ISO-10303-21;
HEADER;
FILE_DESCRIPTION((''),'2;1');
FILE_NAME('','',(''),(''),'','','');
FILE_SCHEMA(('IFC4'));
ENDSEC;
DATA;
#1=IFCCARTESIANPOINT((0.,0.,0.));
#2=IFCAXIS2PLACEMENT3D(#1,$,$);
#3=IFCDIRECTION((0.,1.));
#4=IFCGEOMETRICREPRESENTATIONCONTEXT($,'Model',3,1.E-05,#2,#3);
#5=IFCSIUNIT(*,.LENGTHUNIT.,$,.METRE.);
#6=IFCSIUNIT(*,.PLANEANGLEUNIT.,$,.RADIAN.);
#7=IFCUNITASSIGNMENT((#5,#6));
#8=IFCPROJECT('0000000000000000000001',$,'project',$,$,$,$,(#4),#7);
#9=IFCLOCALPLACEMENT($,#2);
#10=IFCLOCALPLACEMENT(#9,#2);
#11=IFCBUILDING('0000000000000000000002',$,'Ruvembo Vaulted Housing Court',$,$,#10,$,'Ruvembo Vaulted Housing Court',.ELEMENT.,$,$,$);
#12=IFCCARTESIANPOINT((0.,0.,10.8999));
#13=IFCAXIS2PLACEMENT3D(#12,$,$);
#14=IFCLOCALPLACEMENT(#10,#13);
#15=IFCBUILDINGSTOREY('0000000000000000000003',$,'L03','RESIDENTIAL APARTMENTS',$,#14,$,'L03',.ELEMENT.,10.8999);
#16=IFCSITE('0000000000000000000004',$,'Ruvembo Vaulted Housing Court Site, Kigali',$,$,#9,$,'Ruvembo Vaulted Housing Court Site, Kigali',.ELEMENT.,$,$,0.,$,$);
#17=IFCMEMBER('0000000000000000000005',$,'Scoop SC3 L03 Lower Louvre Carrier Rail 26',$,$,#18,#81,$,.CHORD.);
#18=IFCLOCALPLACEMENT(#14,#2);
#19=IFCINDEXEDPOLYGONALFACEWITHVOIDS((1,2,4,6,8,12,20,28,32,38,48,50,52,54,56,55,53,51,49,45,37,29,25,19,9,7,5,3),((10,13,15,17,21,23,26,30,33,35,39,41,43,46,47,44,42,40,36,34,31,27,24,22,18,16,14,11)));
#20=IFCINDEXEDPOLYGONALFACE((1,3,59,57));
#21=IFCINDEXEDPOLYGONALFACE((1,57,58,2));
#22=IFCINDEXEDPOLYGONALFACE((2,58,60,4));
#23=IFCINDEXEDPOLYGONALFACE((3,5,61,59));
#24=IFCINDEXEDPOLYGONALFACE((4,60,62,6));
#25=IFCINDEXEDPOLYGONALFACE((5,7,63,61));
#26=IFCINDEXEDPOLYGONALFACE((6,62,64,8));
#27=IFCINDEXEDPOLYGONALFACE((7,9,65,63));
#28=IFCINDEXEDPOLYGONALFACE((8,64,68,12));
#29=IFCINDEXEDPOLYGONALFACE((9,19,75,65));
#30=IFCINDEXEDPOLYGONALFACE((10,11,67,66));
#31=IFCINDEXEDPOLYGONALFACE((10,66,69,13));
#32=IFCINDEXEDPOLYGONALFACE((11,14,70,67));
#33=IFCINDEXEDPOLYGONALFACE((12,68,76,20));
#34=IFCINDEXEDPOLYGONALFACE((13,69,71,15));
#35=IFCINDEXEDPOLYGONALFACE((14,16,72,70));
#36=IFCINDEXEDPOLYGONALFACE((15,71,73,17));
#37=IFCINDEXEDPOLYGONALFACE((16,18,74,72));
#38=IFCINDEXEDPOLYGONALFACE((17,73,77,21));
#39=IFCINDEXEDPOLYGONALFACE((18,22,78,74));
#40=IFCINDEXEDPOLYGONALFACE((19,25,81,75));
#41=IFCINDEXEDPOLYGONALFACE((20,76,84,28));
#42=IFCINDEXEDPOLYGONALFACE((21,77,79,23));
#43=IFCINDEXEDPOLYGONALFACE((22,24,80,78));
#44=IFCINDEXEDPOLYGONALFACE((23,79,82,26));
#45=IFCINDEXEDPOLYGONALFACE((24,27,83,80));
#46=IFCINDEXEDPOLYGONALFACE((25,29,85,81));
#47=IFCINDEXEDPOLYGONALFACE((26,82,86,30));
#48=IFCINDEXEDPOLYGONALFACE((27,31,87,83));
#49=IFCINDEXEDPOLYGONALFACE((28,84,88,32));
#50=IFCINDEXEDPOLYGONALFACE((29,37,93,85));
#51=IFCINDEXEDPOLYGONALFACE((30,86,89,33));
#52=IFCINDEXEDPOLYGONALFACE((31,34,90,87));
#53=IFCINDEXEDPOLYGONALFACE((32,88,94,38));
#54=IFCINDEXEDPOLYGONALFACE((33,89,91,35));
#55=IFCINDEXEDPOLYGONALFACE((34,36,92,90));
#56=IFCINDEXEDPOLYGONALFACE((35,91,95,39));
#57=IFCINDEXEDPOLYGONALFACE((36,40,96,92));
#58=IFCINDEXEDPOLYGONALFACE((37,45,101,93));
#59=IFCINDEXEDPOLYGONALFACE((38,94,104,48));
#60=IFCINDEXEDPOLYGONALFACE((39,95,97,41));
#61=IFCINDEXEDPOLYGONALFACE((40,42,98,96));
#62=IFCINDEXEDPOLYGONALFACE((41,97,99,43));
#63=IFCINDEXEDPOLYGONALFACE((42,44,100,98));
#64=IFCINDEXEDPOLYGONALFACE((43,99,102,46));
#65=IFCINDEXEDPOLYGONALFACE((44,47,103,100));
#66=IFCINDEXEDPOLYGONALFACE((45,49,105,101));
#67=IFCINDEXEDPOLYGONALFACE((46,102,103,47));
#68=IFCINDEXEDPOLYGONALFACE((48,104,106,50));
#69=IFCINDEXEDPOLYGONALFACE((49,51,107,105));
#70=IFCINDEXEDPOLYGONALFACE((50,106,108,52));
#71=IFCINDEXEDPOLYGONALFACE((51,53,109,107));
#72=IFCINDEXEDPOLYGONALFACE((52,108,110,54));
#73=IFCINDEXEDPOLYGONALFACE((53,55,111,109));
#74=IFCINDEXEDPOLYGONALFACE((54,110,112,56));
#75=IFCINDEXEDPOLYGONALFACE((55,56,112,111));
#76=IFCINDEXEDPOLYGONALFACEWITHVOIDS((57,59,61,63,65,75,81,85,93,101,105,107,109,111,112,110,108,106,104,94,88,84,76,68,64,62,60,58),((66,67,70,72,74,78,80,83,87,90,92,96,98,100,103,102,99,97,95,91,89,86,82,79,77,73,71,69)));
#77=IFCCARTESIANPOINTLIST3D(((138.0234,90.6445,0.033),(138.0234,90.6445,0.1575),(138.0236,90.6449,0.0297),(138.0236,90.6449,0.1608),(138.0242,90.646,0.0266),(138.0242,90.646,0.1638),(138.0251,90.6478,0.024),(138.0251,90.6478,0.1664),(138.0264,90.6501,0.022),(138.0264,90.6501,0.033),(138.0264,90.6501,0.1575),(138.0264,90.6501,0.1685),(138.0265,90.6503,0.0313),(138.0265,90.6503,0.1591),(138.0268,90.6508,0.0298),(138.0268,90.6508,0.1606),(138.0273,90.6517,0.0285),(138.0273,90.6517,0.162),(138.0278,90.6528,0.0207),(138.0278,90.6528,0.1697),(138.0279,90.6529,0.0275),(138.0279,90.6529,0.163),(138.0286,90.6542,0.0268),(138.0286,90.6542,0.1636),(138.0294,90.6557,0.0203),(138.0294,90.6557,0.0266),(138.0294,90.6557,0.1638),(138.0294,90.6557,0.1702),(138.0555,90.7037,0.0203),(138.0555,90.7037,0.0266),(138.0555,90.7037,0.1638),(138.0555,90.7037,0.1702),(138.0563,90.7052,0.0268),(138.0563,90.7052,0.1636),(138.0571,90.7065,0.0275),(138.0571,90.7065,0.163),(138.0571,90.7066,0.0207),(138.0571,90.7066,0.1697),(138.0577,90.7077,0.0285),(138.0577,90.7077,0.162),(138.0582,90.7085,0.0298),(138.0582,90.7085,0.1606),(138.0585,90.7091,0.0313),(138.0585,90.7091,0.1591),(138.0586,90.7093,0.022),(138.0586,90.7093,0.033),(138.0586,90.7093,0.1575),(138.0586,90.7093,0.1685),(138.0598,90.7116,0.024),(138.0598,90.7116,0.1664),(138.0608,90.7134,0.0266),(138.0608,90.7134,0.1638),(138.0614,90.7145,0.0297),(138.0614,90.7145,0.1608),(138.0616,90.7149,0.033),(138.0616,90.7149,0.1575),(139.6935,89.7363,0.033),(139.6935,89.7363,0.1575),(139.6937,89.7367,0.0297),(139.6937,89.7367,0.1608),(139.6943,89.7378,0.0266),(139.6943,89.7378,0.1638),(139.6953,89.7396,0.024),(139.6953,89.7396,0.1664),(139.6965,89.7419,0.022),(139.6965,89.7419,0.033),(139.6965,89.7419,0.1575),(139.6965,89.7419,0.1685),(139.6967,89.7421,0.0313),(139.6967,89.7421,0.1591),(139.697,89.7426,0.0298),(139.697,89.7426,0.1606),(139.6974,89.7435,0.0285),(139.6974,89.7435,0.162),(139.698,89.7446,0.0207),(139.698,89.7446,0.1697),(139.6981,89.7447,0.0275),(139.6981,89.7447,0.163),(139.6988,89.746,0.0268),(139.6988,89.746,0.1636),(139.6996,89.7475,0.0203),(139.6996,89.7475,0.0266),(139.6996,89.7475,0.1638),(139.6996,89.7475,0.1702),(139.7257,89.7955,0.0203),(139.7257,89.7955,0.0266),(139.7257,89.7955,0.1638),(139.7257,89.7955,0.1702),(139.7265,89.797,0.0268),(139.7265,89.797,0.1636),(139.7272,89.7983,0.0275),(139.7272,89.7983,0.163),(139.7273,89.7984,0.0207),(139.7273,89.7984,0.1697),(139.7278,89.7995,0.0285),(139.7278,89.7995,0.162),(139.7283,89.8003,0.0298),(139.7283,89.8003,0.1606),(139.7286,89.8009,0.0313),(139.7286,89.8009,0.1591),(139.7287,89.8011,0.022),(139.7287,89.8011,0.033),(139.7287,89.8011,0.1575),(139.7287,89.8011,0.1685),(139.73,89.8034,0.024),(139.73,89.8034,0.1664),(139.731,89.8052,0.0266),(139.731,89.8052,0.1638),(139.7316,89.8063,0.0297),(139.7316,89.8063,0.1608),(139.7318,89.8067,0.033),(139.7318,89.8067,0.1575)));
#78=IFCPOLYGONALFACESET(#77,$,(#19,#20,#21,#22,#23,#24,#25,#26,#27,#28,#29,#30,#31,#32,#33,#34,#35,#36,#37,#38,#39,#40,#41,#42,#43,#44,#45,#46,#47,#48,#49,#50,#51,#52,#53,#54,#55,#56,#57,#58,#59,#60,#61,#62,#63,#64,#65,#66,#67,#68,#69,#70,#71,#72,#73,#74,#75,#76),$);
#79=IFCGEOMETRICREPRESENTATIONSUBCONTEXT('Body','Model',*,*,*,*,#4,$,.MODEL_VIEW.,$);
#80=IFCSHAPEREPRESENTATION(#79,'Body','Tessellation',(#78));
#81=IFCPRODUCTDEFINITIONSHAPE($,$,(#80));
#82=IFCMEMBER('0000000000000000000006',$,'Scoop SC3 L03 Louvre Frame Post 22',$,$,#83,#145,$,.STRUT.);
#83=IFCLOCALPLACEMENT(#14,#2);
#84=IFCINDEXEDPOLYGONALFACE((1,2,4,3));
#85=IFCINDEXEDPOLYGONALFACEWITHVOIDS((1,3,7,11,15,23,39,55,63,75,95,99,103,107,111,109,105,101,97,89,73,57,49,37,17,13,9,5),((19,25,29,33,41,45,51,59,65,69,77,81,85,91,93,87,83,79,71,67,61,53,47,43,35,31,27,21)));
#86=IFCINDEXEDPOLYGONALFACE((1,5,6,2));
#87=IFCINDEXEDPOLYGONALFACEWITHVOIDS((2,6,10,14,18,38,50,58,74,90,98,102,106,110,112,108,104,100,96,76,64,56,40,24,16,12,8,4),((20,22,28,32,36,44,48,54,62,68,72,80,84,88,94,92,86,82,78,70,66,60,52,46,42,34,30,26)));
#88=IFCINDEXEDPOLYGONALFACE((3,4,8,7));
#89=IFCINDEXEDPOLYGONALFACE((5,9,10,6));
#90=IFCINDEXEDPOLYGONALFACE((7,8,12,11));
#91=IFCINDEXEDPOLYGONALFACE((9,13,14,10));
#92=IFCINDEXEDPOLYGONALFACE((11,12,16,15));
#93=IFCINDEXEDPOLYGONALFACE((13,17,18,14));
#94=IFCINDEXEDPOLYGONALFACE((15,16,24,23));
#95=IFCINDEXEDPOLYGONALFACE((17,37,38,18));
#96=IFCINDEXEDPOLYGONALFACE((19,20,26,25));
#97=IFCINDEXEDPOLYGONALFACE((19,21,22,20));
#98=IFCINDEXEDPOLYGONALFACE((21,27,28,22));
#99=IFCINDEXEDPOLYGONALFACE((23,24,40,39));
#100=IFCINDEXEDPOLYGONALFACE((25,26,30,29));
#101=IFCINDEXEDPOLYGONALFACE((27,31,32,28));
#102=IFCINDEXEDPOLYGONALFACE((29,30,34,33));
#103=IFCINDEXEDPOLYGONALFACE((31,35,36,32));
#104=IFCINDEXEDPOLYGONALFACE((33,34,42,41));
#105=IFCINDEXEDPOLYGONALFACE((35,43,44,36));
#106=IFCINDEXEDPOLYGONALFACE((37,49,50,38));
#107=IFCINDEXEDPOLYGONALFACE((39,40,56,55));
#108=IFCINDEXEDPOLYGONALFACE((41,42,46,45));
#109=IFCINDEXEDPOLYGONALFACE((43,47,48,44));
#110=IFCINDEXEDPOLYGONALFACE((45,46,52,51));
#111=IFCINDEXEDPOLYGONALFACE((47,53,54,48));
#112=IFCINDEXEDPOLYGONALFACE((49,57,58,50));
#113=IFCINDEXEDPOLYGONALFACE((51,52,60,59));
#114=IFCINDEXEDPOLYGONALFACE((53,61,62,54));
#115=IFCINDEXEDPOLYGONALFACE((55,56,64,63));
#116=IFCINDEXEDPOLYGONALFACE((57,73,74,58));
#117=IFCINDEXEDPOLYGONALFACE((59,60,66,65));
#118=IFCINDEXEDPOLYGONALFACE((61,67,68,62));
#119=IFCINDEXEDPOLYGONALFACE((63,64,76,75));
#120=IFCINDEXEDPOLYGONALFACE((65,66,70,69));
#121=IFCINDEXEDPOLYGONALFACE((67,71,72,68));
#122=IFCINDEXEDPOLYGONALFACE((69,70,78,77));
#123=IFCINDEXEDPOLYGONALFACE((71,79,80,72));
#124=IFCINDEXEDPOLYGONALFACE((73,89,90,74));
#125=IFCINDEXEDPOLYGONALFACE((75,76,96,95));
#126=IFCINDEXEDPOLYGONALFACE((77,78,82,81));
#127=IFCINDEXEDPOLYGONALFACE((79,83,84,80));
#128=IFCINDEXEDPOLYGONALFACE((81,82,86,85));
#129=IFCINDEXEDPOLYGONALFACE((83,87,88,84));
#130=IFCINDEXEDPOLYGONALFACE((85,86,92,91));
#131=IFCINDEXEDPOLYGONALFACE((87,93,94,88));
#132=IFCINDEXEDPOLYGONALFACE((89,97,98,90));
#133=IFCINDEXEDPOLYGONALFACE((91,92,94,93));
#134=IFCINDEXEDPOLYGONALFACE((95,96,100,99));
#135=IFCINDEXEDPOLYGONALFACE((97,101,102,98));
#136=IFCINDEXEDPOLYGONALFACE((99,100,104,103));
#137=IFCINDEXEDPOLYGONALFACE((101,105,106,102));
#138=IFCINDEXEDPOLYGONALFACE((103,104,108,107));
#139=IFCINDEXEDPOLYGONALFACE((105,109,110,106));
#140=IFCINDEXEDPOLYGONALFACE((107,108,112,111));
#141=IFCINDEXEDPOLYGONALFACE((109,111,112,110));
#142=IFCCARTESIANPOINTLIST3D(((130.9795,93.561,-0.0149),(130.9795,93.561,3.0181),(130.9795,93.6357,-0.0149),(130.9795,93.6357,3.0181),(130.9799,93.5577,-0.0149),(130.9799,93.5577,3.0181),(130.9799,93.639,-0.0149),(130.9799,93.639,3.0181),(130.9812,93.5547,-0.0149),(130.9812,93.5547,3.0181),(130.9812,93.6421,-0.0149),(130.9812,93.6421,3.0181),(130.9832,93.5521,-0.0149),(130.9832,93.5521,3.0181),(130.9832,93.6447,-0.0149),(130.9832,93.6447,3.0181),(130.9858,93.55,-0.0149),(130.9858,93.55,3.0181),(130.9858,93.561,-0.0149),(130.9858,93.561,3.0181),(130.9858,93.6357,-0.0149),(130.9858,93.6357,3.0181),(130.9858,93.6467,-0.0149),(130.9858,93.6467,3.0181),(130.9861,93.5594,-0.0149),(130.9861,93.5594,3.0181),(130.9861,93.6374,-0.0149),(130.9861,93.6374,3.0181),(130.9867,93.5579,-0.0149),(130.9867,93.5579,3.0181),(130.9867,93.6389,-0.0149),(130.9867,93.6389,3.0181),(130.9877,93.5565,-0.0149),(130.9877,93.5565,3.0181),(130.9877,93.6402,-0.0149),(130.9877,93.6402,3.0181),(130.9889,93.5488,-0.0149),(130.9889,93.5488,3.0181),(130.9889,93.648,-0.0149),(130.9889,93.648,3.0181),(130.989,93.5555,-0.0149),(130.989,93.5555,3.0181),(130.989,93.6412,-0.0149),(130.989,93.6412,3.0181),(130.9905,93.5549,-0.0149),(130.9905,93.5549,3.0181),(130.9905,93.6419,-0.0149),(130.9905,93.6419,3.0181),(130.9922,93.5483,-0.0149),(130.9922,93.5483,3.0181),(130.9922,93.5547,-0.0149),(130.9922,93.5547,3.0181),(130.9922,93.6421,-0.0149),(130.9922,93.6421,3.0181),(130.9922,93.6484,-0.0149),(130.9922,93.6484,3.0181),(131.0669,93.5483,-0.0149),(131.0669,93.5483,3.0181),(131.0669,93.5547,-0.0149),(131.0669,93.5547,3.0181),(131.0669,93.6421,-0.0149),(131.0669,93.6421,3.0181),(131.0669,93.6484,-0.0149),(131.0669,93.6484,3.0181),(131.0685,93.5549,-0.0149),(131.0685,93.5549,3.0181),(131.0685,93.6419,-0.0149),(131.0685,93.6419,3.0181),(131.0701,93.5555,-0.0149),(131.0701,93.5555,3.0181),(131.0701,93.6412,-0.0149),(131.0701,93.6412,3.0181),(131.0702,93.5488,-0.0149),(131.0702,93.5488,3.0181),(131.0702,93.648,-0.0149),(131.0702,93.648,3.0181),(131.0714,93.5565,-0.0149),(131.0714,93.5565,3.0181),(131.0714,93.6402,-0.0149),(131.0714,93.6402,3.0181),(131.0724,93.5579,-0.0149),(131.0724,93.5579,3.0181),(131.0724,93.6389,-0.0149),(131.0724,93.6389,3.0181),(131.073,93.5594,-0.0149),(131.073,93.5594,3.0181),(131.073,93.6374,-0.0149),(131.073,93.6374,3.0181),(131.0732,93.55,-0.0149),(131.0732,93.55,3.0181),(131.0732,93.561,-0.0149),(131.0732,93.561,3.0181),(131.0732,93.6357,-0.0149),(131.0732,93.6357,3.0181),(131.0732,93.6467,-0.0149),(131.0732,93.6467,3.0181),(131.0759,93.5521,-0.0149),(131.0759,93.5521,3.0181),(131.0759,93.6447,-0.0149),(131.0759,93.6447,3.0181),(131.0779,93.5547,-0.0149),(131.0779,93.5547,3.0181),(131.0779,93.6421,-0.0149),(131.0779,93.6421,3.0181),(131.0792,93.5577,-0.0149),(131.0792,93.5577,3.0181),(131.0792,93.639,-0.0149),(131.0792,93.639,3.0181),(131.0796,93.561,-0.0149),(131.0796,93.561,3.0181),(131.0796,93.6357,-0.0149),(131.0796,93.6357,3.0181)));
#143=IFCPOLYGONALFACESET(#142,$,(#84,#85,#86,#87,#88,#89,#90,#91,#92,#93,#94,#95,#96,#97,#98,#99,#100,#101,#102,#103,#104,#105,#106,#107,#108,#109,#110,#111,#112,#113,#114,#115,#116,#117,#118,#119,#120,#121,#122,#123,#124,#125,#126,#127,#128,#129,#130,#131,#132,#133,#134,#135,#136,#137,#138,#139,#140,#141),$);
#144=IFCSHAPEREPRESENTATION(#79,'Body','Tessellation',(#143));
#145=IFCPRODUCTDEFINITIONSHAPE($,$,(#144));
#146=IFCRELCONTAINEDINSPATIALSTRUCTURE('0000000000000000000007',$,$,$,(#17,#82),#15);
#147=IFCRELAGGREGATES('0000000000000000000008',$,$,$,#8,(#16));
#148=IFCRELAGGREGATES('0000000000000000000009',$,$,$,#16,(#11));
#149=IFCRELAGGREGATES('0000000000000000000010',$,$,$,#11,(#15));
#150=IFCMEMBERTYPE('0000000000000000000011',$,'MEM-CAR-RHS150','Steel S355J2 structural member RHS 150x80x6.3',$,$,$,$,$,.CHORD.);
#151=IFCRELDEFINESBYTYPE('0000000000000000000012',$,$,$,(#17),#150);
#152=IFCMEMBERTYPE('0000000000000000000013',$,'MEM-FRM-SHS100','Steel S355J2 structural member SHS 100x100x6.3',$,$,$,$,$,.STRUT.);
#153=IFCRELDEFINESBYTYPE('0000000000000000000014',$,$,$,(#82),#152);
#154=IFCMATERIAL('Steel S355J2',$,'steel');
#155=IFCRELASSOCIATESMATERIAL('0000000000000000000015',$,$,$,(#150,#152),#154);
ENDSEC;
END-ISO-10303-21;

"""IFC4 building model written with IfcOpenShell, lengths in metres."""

from ifc_helpers import new_model, si_unit, direction, frame, origin, origin_2d, place, context, subcontext, project, spatial, hollow_rectangle, extrude, material, material_profile, profile_set, type_object, element, save


model = new_model("IFC4")

# Units and contexts
model_context = context("Model", 3, precision=1e-05, world=origin(), true_north=direction((0.0, 1.0)))
body_context = subcontext(model_context, "Body", "Model", "MODEL_VIEW")
ifc_project = project(units=[si_unit("LENGTHUNIT", "METRE"), si_unit("PLANEANGLEUNIT", "RADIAN")], contexts=[model_context])

# Site, building, storey
site_placement = place(None, origin())
site = spatial("IfcSite", under=ifc_project, at=site_placement, Name="Ruvembo Vaulted Housing Court Site, Kigali", LongName="Ruvembo Vaulted Housing Court Site, Kigali", CompositionType="ELEMENT", RefElevation=0.0)
building_placement = place(site_placement, origin())
building = spatial("IfcBuilding", under=site, at=building_placement, Name="Ruvembo Vaulted Housing Court", LongName="Ruvembo Vaulted Housing Court", CompositionType="ELEMENT")
storey_placement = place(building_placement, frame((0.0, 0.0, 10.8999)))
storey = spatial("IfcBuildingStorey", under=building, at=storey_placement, Name="L03", Description="RESIDENTIAL APARTMENTS", LongName="L03", CompositionType="ELEMENT", Elevation=10.8999)

# Shared definitions
ifc_material_1 = material(Name="Steel S355J2", Category="steel")

# Members
ifc_material_profile_1 = material_profile(ifc_material_1, hollow_rectangle(XDim=0.0801, YDim=0.1499, WallThickness=0.0063, InnerFilletRadius=0.0063, OuterFilletRadius=0.0127, at=origin_2d()), Name="RHS 150x80x6.3")
ifc_profile_set_1 = profile_set([ifc_material_profile_1], Name="Steel S355J2")
member_type_1 = type_object("IfcMemberType", Name="MEM-CAR-RHS150", Description="Steel S355J2 structural member RHS 150x80x6.3", PredefinedType="CHORD", material=ifc_profile_set_1)
for number, where, z_axis, x_axis, name in (
    (1, (138.0425, 90.6797, 0.0952), (0.878513, -0.477718, 0.0), (0.477718, 0.878513, 0.0), "Scoop SC3 L03 Lower Louvre Carrier Rail 26"),
):
    element("IfcMember", number, at=place(storey_placement, frame(where, z_axis=z_axis, x_axis=x_axis)), inside=storey, type_object=member_type_1, Name=name, PredefinedType="CHORD", context=body_context, shape_type="SweptSolid", body=[
        extrude(hollow_rectangle(XDim=0.0801, YDim=0.1499, WallThickness=0.0063, InnerFilletRadius=0.0063, OuterFilletRadius=0.0127, at=origin_2d()), origin(), (0.0, 0.0, 1.0), 1.9011),
    ])
ifc_material_profile_2 = material_profile(ifc_material_1, hollow_rectangle(XDim=0.1001, YDim=0.1001, WallThickness=0.0063, InnerFilletRadius=0.0063, OuterFilletRadius=0.0127, at=origin_2d()), Name="SHS 100x100x6.3")
ifc_profile_set_2 = profile_set([ifc_material_profile_2], Name="Steel S355J2")
member_type_2 = type_object("IfcMemberType", Name="MEM-FRM-SHS100", Description="Steel S355J2 structural member SHS 100x100x6.3", PredefinedType="STRUT", material=ifc_profile_set_2)
for number, where, z_axis, x_axis, name in (
    (2, (131.0295, 93.5984, -0.0149), (0.0, 0.0, 1.0), (1.0, 0.0, 0.0), "Scoop SC3 L03 Louvre Frame Post 22"),
):
    element("IfcMember", number, at=place(storey_placement, frame(where, z_axis=z_axis, x_axis=x_axis)), inside=storey, type_object=member_type_2, Name=name, PredefinedType="STRUT", context=body_context, shape_type="SweptSolid", body=[
        extrude(hollow_rectangle(XDim=0.1001, YDim=0.1001, WallThickness=0.0063, InnerFilletRadius=0.0063, OuterFilletRadius=0.0127, at=origin_2d()), origin(), (0.0, 0.0, 1.0), 3.033),
    ])

save(model, "model.ifc")
